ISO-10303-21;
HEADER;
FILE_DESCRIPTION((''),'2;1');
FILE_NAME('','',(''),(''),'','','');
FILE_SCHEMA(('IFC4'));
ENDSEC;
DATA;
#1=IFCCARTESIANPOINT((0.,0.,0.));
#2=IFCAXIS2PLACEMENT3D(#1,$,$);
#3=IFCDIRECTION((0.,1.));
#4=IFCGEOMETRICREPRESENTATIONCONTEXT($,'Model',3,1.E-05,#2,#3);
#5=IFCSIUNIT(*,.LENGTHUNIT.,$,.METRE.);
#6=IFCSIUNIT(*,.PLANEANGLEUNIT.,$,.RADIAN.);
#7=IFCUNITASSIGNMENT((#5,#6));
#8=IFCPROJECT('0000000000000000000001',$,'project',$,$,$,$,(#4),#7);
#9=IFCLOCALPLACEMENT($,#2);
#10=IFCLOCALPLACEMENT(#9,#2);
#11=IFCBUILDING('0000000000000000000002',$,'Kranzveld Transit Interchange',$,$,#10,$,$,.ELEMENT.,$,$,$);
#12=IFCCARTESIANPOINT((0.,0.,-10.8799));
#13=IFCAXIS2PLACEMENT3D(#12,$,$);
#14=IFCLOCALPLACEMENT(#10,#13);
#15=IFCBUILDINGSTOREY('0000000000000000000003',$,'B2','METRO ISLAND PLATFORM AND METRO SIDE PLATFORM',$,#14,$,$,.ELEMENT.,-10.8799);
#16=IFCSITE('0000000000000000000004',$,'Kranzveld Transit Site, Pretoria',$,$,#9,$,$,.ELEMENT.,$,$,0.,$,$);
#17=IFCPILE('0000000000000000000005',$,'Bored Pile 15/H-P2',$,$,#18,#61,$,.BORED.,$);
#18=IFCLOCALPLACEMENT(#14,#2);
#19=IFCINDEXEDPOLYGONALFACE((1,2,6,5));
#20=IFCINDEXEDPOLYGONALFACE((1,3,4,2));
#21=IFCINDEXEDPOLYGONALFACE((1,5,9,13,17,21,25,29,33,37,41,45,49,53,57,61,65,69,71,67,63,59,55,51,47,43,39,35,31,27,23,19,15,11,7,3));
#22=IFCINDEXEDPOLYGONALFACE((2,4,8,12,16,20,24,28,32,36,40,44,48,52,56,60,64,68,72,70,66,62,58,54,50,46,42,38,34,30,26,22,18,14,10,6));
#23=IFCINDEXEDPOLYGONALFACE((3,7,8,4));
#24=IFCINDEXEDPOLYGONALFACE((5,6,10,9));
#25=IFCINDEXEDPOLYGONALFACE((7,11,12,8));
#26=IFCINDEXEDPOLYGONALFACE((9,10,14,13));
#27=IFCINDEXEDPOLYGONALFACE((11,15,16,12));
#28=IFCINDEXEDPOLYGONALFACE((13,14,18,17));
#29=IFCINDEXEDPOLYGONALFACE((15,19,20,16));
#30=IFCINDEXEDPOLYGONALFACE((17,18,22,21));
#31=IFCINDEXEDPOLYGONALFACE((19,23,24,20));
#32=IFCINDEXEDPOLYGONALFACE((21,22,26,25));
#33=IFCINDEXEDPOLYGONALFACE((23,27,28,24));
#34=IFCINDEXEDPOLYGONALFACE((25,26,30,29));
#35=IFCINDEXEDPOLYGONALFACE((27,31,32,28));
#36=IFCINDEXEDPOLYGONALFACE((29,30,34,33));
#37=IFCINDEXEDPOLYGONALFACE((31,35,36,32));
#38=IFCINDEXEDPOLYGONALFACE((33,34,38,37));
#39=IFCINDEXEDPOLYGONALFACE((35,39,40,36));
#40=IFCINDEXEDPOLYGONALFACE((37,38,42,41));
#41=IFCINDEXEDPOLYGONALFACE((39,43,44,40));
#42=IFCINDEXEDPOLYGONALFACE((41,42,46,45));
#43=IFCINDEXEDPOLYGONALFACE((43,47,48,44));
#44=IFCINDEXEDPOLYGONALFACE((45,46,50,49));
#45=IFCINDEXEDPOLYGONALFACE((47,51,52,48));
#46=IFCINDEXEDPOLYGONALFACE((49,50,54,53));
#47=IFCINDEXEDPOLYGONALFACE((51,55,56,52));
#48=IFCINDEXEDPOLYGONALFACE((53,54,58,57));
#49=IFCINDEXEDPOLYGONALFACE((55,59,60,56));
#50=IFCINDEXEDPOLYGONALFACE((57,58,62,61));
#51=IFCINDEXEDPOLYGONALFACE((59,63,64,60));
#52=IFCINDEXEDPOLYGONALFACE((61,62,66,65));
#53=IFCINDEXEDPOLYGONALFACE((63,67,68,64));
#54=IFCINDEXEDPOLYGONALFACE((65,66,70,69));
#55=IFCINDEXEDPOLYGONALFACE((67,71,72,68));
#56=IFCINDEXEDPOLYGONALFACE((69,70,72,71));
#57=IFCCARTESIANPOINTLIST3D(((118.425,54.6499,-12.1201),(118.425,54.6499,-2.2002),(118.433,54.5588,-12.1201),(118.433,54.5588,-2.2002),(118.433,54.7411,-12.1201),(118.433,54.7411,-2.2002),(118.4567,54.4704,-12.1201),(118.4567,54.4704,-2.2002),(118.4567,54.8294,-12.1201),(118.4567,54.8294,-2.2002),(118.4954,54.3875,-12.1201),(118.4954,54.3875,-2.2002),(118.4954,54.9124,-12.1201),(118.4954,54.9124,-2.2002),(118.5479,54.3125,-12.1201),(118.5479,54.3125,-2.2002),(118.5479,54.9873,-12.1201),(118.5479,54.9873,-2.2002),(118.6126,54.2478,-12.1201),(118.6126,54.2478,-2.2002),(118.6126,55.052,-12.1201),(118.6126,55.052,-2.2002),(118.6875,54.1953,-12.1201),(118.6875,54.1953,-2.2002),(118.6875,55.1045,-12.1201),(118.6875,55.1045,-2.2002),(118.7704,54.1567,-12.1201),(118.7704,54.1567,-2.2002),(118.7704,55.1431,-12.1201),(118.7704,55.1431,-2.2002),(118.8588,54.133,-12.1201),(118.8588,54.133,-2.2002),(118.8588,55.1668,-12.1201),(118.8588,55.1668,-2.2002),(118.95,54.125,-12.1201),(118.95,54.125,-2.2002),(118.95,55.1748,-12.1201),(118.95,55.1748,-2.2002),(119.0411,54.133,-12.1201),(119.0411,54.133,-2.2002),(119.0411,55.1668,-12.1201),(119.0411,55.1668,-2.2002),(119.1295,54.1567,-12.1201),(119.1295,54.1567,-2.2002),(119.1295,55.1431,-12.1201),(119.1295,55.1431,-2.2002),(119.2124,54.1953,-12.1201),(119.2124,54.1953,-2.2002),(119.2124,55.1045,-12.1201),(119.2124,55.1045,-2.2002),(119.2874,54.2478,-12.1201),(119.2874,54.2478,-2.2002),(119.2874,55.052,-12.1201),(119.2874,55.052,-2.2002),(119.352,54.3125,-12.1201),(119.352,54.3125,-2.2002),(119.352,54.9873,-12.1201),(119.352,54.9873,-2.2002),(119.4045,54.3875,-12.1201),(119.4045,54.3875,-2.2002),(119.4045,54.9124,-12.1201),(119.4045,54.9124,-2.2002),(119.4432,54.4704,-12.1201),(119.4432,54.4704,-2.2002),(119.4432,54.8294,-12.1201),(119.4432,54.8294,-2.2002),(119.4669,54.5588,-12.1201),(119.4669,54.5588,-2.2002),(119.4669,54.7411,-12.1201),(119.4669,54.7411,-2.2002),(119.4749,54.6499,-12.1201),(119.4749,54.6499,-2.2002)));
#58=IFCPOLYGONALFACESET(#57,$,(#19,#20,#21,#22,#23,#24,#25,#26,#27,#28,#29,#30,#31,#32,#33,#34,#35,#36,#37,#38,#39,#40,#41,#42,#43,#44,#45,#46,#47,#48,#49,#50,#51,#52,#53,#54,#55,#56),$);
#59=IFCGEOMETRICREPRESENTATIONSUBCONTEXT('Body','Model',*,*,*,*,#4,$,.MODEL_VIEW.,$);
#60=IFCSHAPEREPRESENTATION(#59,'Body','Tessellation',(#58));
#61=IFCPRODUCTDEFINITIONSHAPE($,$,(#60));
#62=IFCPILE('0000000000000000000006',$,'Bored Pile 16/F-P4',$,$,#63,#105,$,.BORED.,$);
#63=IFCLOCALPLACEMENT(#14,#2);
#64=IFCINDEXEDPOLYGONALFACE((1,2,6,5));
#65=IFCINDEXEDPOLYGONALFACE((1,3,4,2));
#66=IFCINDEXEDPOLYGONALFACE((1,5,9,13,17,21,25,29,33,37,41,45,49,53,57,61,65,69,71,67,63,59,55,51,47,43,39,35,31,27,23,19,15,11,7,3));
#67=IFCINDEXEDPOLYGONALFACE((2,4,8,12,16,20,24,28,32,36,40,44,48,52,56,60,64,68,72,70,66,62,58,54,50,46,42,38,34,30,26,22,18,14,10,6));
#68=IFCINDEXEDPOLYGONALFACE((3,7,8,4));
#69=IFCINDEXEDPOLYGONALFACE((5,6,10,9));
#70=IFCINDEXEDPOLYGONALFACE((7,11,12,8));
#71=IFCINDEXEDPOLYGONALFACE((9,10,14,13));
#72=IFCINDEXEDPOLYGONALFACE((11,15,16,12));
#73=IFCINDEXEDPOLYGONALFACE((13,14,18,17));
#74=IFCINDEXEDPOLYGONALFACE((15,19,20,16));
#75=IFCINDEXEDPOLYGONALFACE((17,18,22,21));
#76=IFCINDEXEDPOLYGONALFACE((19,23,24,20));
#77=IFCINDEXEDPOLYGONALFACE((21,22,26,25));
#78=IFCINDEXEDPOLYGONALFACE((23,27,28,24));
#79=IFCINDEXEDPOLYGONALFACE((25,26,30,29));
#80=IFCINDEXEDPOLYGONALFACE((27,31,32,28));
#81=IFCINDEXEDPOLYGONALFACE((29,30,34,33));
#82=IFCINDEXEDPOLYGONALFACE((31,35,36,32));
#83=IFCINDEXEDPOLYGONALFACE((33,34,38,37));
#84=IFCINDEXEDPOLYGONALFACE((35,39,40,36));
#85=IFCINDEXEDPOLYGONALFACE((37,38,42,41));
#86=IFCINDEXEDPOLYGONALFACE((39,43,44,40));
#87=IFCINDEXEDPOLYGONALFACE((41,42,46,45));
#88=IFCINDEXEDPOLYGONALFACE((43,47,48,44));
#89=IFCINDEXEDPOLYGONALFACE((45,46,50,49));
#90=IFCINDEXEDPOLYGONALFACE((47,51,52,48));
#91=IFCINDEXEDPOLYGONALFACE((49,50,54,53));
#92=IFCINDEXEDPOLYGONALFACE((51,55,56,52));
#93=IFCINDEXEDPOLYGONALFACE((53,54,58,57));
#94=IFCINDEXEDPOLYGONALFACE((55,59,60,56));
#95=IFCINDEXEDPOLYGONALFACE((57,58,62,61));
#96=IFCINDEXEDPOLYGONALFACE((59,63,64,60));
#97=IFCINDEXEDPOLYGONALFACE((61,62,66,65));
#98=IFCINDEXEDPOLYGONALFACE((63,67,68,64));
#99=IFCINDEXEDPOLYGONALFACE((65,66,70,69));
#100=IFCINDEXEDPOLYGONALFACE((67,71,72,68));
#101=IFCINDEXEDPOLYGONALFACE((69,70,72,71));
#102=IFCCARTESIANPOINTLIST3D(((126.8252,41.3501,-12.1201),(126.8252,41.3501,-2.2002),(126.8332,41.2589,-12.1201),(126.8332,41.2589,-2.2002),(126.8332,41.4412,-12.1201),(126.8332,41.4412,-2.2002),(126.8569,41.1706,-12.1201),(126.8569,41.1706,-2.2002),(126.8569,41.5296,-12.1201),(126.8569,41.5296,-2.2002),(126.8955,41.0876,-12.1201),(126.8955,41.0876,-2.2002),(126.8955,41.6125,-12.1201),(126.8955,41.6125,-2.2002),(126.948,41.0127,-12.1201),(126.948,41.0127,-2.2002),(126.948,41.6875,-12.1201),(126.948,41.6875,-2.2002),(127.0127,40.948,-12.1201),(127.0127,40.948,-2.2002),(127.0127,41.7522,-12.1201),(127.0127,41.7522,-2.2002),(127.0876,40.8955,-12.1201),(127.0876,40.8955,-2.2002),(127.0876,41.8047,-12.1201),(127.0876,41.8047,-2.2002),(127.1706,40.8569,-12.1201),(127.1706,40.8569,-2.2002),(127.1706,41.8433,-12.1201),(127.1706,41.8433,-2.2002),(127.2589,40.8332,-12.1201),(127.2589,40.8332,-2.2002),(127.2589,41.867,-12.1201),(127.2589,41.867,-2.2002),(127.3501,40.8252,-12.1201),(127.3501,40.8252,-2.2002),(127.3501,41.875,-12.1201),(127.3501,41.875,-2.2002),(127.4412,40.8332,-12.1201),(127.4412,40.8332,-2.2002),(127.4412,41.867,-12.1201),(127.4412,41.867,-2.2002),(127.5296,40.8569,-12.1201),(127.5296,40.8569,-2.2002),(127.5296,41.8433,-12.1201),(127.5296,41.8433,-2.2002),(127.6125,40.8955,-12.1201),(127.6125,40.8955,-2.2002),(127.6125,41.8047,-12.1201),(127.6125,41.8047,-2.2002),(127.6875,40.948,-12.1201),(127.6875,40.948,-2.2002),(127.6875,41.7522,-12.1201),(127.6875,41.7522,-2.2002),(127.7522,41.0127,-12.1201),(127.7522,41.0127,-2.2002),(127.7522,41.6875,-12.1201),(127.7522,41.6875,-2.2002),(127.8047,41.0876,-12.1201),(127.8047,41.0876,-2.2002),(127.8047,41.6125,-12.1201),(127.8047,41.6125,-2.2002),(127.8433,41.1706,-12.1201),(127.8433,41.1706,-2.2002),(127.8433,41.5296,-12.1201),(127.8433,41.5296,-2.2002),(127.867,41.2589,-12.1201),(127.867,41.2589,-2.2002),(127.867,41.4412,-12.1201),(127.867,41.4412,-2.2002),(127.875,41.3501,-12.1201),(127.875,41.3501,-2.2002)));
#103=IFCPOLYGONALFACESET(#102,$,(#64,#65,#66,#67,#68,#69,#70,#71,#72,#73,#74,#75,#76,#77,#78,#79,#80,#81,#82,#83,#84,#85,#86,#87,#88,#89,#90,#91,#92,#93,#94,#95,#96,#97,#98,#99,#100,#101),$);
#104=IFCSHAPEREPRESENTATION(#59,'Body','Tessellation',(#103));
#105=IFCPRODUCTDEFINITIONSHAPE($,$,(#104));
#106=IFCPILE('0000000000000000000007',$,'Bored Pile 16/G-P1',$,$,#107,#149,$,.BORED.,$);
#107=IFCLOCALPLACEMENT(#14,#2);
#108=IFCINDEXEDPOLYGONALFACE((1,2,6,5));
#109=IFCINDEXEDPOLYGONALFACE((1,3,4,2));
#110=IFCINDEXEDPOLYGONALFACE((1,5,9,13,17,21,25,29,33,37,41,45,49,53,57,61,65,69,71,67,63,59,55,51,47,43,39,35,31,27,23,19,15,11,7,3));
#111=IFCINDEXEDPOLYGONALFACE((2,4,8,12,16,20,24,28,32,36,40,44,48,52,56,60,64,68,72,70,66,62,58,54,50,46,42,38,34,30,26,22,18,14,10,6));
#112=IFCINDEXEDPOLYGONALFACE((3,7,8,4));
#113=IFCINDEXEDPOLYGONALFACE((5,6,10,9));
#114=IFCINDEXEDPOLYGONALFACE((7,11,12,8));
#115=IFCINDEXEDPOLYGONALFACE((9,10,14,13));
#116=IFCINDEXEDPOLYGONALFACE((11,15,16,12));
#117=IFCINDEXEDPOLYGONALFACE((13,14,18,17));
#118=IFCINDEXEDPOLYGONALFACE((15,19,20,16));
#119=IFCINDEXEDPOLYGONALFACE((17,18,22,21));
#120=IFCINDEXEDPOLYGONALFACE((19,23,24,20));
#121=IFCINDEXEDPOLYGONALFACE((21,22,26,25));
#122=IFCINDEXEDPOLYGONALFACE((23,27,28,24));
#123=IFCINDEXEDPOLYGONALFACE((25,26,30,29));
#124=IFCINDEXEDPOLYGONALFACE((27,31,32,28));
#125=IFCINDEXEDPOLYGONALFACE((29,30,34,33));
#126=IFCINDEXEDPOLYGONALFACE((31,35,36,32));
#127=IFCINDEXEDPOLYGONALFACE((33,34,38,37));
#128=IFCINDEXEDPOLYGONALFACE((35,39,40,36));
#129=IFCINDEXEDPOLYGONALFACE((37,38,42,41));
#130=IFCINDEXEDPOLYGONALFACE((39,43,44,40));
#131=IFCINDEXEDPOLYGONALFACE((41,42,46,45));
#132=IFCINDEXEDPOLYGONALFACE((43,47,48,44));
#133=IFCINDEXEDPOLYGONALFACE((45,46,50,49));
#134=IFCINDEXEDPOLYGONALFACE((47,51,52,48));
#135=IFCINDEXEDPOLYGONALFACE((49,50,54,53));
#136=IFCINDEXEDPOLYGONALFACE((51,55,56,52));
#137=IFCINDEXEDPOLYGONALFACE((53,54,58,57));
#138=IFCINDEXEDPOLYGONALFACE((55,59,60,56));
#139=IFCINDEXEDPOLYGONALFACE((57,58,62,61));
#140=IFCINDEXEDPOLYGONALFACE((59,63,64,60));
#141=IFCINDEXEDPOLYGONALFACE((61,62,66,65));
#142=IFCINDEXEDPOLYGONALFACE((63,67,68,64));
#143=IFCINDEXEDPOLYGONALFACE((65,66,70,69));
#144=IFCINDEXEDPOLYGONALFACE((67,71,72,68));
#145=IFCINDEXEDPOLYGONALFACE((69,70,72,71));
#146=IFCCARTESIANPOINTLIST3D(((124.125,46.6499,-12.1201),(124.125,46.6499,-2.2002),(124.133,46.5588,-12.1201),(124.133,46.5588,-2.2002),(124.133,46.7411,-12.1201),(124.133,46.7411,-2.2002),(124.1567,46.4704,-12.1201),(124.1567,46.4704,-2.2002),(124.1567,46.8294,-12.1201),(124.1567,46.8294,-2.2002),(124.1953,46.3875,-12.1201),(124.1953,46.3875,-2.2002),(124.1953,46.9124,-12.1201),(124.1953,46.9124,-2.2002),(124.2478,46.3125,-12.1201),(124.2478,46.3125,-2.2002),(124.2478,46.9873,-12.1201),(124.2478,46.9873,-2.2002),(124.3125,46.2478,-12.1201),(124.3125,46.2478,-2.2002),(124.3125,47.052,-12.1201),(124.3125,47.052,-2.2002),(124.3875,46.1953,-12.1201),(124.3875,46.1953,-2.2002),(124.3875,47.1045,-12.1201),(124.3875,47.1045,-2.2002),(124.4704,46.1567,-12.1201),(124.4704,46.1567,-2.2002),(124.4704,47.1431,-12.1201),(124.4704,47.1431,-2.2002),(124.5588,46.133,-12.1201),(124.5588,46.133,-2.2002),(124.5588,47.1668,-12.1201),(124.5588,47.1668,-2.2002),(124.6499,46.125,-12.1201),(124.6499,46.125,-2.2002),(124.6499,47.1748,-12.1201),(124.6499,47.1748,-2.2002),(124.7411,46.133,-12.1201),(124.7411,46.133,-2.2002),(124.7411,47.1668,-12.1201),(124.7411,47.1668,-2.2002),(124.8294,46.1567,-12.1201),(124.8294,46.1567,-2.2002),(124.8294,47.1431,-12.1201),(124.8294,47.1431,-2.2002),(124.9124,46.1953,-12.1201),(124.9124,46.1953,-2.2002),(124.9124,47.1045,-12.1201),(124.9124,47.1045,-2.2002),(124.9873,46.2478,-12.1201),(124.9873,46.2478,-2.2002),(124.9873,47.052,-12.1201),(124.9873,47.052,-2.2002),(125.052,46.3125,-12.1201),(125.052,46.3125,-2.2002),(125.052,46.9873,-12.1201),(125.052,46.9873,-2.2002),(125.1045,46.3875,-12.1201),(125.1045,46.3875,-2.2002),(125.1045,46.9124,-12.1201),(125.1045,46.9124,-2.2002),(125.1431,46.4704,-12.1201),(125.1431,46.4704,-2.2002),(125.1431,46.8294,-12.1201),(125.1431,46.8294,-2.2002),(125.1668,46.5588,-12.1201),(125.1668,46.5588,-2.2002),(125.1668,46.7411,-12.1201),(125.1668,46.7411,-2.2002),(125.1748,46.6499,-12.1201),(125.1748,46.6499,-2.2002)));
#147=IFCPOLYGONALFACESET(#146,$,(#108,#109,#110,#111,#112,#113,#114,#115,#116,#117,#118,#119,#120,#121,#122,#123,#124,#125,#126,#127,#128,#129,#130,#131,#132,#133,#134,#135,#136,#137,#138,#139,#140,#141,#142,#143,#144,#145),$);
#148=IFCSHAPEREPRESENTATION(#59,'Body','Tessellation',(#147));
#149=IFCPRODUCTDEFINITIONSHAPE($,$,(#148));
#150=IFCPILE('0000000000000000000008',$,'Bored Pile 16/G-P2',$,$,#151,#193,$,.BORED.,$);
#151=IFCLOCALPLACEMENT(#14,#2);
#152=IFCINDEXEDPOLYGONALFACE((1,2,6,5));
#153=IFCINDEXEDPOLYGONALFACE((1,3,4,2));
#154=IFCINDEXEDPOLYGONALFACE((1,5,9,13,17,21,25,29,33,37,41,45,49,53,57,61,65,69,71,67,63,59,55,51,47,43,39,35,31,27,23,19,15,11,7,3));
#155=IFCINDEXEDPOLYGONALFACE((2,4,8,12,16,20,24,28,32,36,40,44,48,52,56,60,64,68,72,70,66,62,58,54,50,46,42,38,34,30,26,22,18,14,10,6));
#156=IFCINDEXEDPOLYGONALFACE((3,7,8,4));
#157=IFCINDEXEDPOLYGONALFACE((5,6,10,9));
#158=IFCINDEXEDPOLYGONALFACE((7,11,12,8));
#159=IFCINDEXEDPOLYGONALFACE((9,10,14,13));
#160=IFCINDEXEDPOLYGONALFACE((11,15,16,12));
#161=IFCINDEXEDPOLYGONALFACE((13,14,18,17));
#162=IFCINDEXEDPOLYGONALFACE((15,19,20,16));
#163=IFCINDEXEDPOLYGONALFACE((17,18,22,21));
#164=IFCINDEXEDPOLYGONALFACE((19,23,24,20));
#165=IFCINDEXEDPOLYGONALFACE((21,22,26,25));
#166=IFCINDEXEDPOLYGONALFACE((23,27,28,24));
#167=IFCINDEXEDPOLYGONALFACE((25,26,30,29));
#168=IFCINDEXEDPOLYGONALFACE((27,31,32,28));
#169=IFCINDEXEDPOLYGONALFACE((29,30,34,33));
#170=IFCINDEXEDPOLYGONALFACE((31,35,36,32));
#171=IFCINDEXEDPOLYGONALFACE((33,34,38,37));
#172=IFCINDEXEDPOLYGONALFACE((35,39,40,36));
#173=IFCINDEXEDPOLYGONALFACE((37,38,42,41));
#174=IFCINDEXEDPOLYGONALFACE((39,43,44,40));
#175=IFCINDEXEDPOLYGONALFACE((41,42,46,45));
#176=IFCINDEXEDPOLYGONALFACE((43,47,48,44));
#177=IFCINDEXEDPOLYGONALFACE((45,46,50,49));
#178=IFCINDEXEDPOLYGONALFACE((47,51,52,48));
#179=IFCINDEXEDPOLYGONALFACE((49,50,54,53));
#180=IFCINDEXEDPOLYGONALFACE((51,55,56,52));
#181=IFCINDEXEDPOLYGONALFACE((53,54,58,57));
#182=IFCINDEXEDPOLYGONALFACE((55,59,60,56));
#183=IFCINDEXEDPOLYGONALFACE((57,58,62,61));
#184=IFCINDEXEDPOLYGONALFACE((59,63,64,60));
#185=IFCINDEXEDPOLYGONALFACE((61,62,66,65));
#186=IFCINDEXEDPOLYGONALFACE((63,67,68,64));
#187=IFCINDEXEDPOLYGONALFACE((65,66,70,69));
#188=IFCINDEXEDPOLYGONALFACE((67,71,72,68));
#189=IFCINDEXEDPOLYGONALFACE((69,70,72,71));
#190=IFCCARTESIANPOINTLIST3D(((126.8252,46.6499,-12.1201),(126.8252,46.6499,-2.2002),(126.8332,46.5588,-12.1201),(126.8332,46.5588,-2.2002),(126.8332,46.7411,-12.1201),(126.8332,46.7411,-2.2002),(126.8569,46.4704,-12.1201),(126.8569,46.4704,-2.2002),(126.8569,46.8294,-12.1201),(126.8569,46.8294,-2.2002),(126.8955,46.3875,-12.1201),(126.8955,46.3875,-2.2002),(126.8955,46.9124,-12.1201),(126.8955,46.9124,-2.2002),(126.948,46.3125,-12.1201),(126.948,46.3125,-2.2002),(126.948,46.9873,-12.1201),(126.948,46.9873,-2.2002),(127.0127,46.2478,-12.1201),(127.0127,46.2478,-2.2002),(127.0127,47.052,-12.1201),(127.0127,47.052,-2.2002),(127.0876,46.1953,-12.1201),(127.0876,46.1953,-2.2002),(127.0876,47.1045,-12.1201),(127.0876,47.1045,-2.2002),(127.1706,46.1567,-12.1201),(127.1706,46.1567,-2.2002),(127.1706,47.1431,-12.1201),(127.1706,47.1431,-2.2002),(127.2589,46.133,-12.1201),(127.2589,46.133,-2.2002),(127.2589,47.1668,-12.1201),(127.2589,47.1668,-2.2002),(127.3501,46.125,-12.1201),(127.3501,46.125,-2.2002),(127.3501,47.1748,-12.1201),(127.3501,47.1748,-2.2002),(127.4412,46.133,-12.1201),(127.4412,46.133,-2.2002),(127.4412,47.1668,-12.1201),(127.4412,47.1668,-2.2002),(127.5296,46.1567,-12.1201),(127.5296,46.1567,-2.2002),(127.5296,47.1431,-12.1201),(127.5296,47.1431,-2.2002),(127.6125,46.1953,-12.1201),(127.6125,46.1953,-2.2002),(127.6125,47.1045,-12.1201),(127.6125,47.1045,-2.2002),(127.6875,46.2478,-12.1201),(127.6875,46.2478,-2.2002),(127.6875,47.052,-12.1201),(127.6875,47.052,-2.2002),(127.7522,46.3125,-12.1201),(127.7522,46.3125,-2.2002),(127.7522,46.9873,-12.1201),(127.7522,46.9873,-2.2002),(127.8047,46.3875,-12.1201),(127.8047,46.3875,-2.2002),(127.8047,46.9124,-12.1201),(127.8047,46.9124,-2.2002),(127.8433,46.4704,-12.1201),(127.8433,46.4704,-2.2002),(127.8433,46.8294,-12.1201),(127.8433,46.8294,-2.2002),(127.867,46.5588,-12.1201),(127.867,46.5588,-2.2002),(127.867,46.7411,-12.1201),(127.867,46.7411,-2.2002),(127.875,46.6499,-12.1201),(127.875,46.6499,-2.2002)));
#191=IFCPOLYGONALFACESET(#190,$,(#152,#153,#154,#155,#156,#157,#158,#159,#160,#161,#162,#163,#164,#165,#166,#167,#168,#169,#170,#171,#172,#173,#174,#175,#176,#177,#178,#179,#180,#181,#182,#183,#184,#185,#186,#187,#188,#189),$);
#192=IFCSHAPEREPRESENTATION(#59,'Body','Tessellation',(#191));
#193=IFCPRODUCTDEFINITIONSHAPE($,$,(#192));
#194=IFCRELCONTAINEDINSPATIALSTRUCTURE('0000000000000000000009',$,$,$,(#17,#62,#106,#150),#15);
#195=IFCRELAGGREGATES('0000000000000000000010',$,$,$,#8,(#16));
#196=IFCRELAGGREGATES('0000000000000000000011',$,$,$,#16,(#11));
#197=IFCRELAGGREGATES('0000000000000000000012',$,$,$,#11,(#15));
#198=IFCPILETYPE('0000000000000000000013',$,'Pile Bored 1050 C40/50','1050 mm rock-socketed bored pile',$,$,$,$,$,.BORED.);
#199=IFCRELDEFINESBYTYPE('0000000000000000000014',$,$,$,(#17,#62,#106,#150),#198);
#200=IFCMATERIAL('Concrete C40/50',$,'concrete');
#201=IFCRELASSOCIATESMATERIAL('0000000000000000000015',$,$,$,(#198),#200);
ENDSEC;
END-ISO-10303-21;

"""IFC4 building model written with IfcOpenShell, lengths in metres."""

from ifc_helpers import new_model, si_unit, direction, frame, origin, origin_2d, place, context, subcontext, project, spatial, circle, extrude, material, material_profile, profile_set, type_object, element, save


model = new_model("IFC4")

# Units and contexts
model_context = context("Model", 3, precision=1e-05, world=origin(), true_north=direction((0.0, 1.0)))
body_context = subcontext(model_context, "Body", "Model", "MODEL_VIEW")
ifc_project = project(units=[si_unit("LENGTHUNIT", "METRE"), si_unit("PLANEANGLEUNIT", "RADIAN")], contexts=[model_context])

# Site, building, storey
site_placement = place(None, origin())
site = spatial("IfcSite", under=ifc_project, at=site_placement, Name="Kranzveld Transit Site, Pretoria", CompositionType="ELEMENT", RefElevation=0.0)
building_placement = place(site_placement, origin())
building = spatial("IfcBuilding", under=site, at=building_placement, Name="Kranzveld Transit Interchange", CompositionType="ELEMENT")
storey_placement = place(building_placement, frame((0.0, 0.0, -10.8799)))
storey = spatial("IfcBuildingStorey", under=building, at=storey_placement, Name="B2", Description="METRO ISLAND PLATFORM AND METRO SIDE PLATFORM", CompositionType="ELEMENT", Elevation=-10.8799)

# Piles
ifc_material_1 = material(Name="Concrete C40/50", Category="concrete")
ifc_material_profile_1 = material_profile(ifc_material_1, circle(Radius=0.5249, at=origin_2d()), Name="BORED PILE 1050")
ifc_profile_set_1 = profile_set([ifc_material_profile_1], Name="Concrete C40/50")
pile_type = type_object("IfcPileType", Name="Pile Bored 1050 C40/50", Description="1050 mm rock-socketed bored pile", PredefinedType="BORED", material=ifc_profile_set_1)
for number, where, z_axis, x_axis, name in (
    (1, (118.95, 54.6499, -2.2002), (0.0, 0.0, -1.0), (1.0, 0.0, 0.0), "Bored Pile 15/H-P2"),
    (2, (127.3501, 41.3501, -2.2002), (0.0, 0.0, -1.0), (1.0, 0.0, 0.0), "Bored Pile 16/F-P4"),
    (3, (124.6499, 46.6499, -2.2002), (0.0, 0.0, -1.0), (1.0, 0.0, 0.0), "Bored Pile 16/G-P1"),
    (4, (127.3501, 46.6499, -2.2002), (0.0, 0.0, -1.0), (1.0, 0.0, 0.0), "Bored Pile 16/G-P2"),
):
    element("IfcPile", number, at=place(storey_placement, frame(where, z_axis=z_axis, x_axis=x_axis)), inside=storey, type_object=pile_type, Name=name, PredefinedType="BORED", context=body_context, shape_type="SweptSolid", body=[
        extrude(circle(Radius=0.5249, at=origin_2d()), origin(), (0.0, 0.0, 1.0), 9.9199),
    ])

save(model, "model.ifc")
